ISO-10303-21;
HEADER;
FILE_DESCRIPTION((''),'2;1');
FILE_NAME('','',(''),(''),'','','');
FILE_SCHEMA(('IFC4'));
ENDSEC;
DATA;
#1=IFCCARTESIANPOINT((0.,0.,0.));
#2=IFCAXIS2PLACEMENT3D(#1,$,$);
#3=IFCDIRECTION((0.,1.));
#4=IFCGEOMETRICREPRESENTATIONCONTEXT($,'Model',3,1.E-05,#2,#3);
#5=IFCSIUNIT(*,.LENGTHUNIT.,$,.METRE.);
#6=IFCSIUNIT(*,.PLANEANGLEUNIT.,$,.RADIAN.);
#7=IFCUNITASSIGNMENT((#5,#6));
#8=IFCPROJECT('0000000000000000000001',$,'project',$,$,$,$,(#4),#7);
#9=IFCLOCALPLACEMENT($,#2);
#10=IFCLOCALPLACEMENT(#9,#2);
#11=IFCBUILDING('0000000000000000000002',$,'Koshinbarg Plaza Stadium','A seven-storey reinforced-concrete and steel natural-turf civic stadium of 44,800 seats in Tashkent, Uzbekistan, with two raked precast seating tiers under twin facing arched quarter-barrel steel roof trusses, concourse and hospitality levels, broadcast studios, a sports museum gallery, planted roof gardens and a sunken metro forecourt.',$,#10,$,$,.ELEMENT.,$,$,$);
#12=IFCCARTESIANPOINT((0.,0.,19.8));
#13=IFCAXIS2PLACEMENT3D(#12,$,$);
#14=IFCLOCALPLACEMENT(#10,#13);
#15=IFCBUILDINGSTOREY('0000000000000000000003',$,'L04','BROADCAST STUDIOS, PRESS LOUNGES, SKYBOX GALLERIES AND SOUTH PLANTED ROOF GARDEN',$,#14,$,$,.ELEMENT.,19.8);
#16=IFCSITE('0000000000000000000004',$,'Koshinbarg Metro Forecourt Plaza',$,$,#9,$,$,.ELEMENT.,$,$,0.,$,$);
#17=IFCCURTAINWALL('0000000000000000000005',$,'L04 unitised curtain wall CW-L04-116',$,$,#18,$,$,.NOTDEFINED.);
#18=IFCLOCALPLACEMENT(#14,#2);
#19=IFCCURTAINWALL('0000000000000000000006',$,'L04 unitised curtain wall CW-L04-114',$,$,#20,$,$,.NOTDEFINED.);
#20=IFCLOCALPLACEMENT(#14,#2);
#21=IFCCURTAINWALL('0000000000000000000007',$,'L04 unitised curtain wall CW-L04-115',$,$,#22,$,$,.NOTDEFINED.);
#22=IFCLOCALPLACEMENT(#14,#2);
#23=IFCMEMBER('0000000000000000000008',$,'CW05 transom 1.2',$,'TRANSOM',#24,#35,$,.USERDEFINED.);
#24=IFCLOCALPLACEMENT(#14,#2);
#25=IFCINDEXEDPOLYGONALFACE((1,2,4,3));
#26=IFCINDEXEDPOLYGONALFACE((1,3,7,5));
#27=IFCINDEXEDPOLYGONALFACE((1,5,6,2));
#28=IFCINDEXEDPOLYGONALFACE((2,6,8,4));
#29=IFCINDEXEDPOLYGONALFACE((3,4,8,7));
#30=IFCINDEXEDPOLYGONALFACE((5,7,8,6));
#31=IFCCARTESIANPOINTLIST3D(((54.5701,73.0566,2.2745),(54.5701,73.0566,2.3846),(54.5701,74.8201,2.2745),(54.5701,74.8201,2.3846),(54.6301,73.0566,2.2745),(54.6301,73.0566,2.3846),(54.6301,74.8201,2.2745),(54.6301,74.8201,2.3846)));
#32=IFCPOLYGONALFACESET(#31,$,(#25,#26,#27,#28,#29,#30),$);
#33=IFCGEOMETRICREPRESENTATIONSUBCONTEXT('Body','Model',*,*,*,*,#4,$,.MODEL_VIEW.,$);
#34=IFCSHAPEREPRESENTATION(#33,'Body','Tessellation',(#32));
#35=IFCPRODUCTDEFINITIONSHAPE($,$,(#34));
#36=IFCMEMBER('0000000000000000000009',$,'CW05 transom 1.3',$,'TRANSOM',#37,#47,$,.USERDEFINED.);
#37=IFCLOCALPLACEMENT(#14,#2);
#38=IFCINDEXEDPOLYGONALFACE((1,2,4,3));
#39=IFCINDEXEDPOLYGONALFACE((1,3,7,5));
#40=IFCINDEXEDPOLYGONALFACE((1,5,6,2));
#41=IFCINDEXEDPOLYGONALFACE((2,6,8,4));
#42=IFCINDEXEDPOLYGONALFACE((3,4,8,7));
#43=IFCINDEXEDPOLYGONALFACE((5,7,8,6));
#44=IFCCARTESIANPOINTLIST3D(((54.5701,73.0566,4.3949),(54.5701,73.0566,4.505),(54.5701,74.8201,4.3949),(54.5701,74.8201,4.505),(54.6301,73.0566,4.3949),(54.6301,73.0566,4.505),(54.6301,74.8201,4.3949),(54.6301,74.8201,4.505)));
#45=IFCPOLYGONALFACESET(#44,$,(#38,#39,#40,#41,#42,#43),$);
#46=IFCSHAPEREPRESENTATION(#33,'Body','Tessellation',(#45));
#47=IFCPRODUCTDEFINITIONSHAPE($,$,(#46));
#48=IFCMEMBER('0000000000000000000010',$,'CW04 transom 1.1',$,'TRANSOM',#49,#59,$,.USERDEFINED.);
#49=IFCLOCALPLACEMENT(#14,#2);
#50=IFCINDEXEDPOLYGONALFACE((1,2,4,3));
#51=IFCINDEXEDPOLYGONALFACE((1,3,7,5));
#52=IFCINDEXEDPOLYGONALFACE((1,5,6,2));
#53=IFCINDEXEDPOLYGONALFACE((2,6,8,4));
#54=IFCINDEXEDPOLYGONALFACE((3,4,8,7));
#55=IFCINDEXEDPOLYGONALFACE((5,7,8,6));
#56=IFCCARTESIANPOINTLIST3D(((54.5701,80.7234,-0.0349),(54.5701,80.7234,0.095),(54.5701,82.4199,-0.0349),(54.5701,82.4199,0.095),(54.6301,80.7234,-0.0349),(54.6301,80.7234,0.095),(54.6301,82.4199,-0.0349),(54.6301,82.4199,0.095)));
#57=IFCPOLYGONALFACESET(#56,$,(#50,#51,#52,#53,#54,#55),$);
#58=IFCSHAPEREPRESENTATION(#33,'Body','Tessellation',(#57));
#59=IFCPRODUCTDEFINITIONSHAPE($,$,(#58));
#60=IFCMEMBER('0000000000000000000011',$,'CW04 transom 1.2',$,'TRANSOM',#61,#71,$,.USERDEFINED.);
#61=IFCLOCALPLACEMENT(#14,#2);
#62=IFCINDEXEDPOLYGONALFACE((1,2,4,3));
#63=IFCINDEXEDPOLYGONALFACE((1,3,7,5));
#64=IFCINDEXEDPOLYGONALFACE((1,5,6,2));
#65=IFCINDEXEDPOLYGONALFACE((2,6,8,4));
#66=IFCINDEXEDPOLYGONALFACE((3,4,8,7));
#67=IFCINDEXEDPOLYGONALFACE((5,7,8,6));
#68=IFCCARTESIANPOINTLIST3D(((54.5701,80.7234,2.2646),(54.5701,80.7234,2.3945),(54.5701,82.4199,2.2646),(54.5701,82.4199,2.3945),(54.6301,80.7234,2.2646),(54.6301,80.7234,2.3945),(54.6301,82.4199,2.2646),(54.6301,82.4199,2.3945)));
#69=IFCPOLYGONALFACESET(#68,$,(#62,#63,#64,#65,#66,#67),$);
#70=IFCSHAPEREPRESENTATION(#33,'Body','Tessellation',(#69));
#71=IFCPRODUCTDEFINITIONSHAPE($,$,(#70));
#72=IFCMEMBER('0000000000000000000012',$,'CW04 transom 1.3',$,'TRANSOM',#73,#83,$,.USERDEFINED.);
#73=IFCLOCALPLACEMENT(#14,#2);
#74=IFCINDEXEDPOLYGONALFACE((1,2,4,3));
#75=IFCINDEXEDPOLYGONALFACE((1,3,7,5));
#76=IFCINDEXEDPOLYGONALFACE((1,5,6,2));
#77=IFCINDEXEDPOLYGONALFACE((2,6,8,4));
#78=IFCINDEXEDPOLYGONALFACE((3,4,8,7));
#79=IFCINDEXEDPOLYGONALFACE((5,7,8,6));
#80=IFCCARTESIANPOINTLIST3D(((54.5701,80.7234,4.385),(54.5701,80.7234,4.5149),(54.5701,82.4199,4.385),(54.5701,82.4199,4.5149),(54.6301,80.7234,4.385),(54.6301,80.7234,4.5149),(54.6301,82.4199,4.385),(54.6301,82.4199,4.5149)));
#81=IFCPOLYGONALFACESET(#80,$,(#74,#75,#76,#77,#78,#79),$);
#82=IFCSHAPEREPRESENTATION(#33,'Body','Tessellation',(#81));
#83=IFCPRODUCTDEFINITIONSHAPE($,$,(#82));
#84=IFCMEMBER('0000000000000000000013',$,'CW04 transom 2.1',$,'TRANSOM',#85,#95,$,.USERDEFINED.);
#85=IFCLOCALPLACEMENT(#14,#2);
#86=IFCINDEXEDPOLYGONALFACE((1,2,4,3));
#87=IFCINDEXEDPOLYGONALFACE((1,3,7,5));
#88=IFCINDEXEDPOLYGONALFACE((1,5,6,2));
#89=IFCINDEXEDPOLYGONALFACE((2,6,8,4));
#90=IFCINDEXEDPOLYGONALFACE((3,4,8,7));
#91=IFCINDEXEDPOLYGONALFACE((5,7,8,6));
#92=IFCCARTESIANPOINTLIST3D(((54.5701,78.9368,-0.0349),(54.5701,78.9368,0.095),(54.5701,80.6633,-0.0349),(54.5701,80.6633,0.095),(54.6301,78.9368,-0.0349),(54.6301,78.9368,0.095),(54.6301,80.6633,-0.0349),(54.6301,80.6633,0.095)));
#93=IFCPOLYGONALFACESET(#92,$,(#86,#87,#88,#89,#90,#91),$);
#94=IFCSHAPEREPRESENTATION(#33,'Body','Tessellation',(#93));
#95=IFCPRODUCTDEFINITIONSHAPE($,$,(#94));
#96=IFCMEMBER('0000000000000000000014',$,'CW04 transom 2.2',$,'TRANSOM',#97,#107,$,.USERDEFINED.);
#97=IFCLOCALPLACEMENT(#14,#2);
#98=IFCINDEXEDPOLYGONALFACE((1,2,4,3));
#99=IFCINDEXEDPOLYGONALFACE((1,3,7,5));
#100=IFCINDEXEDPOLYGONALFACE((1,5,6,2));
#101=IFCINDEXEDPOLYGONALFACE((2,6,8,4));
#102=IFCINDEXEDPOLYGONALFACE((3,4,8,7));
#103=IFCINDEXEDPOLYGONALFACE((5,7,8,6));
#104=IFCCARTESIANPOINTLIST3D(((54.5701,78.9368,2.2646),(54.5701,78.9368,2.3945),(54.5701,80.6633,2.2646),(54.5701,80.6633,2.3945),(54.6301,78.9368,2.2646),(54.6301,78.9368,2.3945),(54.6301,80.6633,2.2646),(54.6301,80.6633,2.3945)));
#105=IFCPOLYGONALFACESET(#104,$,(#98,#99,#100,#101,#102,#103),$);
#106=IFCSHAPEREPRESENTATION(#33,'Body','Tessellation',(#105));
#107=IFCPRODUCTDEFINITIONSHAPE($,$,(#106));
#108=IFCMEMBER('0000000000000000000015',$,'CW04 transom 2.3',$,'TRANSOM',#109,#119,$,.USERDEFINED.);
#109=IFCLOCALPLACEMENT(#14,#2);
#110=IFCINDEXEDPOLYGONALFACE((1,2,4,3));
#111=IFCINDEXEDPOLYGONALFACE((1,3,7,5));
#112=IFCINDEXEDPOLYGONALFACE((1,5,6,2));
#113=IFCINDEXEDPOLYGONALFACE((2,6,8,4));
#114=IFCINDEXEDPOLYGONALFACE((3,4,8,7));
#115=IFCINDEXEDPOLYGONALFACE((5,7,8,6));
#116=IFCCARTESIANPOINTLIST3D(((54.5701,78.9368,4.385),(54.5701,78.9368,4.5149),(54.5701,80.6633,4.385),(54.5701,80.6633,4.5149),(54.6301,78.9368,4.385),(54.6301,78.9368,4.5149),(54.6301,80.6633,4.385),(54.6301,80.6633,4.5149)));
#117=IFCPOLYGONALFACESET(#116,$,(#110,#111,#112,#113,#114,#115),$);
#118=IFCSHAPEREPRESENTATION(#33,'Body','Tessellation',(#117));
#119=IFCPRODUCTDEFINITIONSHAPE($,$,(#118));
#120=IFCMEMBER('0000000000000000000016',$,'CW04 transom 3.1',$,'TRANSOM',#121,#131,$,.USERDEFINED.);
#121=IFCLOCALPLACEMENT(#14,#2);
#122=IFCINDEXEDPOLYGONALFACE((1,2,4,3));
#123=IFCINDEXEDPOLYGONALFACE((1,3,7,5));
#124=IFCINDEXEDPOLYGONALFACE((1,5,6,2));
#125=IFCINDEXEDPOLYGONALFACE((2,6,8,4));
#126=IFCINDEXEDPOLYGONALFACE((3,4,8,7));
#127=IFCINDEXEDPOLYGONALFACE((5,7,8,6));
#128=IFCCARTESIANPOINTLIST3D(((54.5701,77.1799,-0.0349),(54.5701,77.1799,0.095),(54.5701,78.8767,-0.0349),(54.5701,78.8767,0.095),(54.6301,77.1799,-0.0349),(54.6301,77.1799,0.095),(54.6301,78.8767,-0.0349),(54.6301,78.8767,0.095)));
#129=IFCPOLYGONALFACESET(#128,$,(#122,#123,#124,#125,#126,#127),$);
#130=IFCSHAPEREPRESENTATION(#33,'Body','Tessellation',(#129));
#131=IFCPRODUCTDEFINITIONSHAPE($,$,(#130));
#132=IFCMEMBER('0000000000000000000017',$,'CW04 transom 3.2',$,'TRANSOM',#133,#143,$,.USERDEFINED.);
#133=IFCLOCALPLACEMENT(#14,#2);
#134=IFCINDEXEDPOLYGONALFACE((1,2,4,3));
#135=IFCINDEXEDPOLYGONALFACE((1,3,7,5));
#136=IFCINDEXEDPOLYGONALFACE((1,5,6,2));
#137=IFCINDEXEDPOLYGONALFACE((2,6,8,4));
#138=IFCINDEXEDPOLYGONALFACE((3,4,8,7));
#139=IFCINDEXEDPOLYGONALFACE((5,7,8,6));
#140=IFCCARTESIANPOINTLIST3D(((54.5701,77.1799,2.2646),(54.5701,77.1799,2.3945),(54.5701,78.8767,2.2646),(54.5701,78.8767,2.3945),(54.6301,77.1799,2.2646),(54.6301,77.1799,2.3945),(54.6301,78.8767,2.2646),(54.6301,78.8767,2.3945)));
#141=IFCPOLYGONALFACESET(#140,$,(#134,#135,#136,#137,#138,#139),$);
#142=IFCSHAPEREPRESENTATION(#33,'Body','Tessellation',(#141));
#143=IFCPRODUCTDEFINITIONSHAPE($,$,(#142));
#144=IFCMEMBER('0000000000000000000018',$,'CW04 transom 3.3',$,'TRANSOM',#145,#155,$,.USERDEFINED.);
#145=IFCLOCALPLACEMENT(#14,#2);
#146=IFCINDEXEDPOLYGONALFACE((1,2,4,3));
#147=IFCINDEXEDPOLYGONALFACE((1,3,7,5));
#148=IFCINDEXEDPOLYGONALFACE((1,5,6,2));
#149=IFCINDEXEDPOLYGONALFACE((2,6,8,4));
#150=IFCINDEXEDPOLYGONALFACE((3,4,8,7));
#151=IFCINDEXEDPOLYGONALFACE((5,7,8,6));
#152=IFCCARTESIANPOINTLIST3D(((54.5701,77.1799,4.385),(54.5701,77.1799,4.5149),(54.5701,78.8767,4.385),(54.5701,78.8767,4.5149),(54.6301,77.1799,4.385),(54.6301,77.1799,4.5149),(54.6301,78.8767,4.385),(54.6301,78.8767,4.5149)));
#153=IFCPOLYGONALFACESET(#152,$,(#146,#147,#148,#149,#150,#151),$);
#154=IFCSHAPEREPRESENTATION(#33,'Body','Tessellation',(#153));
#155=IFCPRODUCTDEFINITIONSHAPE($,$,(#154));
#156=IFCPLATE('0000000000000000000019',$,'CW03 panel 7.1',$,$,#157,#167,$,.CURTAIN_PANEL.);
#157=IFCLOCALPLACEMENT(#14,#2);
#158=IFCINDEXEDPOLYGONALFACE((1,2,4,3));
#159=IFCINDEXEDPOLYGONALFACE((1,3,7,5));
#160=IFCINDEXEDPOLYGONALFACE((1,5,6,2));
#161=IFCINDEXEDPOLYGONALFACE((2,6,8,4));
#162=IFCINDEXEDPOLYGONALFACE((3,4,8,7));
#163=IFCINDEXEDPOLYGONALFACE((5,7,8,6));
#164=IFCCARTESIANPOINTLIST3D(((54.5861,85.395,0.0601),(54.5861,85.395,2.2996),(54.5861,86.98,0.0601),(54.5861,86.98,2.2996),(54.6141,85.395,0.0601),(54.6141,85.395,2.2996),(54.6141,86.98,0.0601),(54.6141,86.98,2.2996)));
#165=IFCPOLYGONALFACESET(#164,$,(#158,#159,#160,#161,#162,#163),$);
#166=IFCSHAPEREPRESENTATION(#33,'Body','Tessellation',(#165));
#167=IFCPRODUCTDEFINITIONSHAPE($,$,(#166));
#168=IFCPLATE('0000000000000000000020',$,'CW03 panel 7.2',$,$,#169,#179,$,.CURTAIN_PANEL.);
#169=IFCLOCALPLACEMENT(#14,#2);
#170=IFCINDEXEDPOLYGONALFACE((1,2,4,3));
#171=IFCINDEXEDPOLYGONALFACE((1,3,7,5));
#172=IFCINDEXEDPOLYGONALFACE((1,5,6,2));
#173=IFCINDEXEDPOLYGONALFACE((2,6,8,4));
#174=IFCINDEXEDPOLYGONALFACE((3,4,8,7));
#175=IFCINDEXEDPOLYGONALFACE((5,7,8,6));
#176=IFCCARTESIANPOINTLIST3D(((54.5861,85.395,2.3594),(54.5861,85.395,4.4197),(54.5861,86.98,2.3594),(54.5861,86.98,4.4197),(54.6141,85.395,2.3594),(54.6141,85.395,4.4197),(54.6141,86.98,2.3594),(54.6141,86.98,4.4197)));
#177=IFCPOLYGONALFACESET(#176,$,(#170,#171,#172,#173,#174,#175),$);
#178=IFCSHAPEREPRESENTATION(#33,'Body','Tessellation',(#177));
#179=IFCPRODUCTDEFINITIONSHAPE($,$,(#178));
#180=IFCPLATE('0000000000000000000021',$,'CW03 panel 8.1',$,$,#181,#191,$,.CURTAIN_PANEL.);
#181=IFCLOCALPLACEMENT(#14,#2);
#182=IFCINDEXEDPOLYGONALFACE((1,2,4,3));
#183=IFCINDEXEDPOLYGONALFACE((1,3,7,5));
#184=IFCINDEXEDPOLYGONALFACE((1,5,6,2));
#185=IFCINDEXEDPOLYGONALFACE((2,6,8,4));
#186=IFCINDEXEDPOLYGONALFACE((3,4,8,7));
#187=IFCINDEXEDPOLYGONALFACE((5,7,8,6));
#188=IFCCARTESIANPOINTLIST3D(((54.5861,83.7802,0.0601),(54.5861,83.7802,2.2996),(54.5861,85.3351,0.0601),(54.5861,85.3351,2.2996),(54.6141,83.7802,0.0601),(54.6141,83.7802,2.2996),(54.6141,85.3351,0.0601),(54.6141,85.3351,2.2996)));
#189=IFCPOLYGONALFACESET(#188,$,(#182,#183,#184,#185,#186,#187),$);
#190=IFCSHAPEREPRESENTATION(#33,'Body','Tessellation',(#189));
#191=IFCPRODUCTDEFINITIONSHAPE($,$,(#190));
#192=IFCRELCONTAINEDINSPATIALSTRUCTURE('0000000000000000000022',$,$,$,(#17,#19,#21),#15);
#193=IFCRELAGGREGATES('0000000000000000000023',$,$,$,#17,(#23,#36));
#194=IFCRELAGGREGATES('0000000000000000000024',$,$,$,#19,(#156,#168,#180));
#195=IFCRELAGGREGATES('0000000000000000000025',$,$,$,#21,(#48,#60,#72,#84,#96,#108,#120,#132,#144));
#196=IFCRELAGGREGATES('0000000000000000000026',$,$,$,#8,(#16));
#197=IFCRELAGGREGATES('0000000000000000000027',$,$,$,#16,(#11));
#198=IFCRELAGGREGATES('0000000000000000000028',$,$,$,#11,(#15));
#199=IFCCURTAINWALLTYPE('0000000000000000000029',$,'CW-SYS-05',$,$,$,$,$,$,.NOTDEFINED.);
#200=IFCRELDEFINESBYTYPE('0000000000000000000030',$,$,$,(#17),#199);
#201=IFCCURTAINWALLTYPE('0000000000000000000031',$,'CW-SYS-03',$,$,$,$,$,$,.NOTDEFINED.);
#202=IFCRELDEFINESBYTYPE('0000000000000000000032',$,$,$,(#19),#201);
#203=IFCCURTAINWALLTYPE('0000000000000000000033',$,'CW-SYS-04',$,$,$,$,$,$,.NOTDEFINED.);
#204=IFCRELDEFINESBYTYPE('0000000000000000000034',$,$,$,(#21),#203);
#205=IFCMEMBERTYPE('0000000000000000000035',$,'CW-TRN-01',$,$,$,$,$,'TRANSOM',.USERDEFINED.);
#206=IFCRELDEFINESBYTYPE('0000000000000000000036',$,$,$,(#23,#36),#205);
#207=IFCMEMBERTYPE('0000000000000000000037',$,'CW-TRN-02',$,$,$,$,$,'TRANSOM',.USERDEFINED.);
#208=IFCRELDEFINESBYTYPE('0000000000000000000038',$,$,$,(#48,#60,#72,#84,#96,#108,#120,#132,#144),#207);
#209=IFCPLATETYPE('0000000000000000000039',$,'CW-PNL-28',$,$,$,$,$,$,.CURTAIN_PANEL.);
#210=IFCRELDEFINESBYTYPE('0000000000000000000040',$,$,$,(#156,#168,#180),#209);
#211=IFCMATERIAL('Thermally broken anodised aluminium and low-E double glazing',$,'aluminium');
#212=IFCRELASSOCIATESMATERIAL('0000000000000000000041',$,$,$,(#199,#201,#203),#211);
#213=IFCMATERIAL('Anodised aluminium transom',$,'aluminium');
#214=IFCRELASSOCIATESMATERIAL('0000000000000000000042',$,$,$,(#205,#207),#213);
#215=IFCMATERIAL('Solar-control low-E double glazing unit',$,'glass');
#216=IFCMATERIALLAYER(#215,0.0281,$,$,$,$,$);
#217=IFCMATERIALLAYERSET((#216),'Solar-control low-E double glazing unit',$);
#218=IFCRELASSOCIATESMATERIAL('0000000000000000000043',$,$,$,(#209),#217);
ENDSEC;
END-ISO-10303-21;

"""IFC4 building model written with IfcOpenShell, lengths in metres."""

from ifc_helpers import new_model, si_unit, direction, frame, origin, origin_2d, place, context, subcontext, project, spatial, rectangle, extrude, material, layer, layer_set, material_profile, profile_set, type_object, element, aggregate, save


model = new_model("IFC4")

# Units and contexts
model_context = context("Model", 3, precision=1e-05, world=origin(), true_north=direction((0.0, 1.0)))
body_context = subcontext(model_context, "Body", "Model", "MODEL_VIEW")
ifc_project = project(units=[si_unit("LENGTHUNIT", "METRE"), si_unit("PLANEANGLEUNIT", "RADIAN")], contexts=[model_context])

# Site, building, storey
site_placement = place(None, origin())
site = spatial("IfcSite", under=ifc_project, at=site_placement, Name="Koshinbarg Metro Forecourt Plaza", CompositionType="ELEMENT", RefElevation=0.0)
building_placement = place(site_placement, origin())
building = spatial("IfcBuilding", under=site, at=building_placement, Name="Koshinbarg Plaza Stadium", Description="A seven-storey reinforced-concrete and steel natural-turf civic stadium of 44,800 seats in Tashkent, Uzbekistan, with two raked precast seating tiers under twin facing arched quarter-barrel steel roof trusses, concourse and hospitality levels, broadcast studios, a sports museum gallery, planted roof gardens and a sunken metro forecourt.", CompositionType="ELEMENT")
storey_placement = place(building_placement, frame((0.0, 0.0, 19.8)))
storey = spatial("IfcBuildingStorey", under=building, at=storey_placement, Name="L04", Description="BROADCAST STUDIOS, PRESS LOUNGES, SKYBOX GALLERIES AND SOUTH PLANTED ROOF GARDEN", CompositionType="ELEMENT", Elevation=19.8)

# Curtain wall
ifc_material_1 = material(Name="Thermally broken anodised aluminium and low-E double glazing", Category="aluminium")
curtain_wall_type_1 = type_object("IfcCurtainWallType", Name="CW-SYS-05", PredefinedType="NOTDEFINED", material=ifc_material_1)
curtain_wall_1_placement = place(storey_placement, origin())
curtain_wall_1 = element("IfcCurtainWall", 1, at=curtain_wall_1_placement, inside=storey, type_object=curtain_wall_type_1, Name="L04 unitised curtain wall CW-L04-116", PredefinedType="NOTDEFINED")

# Curtain walls
curtain_wall_type_2 = type_object("IfcCurtainWallType", Name="CW-SYS-03", PredefinedType="NOTDEFINED", material=ifc_material_1)
curtain_wall_2_placement = place(storey_placement, origin())
curtain_wall_2 = element("IfcCurtainWall", 2, at=curtain_wall_2_placement, inside=storey, type_object=curtain_wall_type_2, Name="L04 unitised curtain wall CW-L04-114", PredefinedType="NOTDEFINED")
curtain_wall_type_3 = type_object("IfcCurtainWallType", Name="CW-SYS-04", PredefinedType="NOTDEFINED", material=ifc_material_1)
curtain_wall_3_placement = place(storey_placement, origin())
curtain_wall_3 = element("IfcCurtainWall", 3, at=curtain_wall_3_placement, inside=storey, type_object=curtain_wall_type_3, Name="L04 unitised curtain wall CW-L04-115", PredefinedType="NOTDEFINED")

# Members
ifc_material_2 = material(Name="Anodised aluminium transom", Category="aluminium")
ifc_material_profile_1 = material_profile(ifc_material_2, rectangle(XDim=0.0601, YDim=0.1101, at=origin_2d()), Name="ALU 60x110")
ifc_profile_set_1 = profile_set([ifc_material_profile_1], Name="Anodised aluminium transom")
member_type_1 = type_object("IfcMemberType", Name="CW-TRN-01", ElementType="TRANSOM", PredefinedType="USERDEFINED", material=ifc_profile_set_1)
member_1_placement = place(storey_placement, frame((54.6001, 74.8201, 2.3296), z_axis=(0.0, -1.0, 0.0), x_axis=(1.0, 0.0, 0.0)))
member_1 = element("IfcMember", 4, at=member_1_placement, type_object=member_type_1, Name="CW05 transom 1.2", ObjectType="TRANSOM", PredefinedType="USERDEFINED", context=body_context, shape_type="SweptSolid", body=[
    extrude(rectangle(XDim=0.0601, YDim=0.1101, at=origin_2d()), origin(), (0.0, 0.0, 1.0), 1.7634),
])
member_2_placement = place(storey_placement, frame((54.6001, 74.8201, 4.45), z_axis=(0.0, -1.0, 0.0), x_axis=(1.0, 0.0, 0.0)))
member_2 = element("IfcMember", 5, at=member_2_placement, type_object=member_type_1, Name="CW05 transom 1.3", ObjectType="TRANSOM", PredefinedType="USERDEFINED", context=body_context, shape_type="SweptSolid", body=[
    extrude(rectangle(XDim=0.0601, YDim=0.1101, at=origin_2d()), origin(), (0.0, 0.0, 1.0), 1.7634),
])
aggregate(curtain_wall_1, [member_1, member_2])
ifc_material_profile_2 = material_profile(ifc_material_2, rectangle(XDim=0.0601, YDim=0.1299, at=origin_2d()), Name="ALU 60x130")
ifc_profile_set_2 = profile_set([ifc_material_profile_2], Name="Anodised aluminium transom")
member_type_2 = type_object("IfcMemberType", Name="CW-TRN-02", ElementType="TRANSOM", PredefinedType="USERDEFINED", material=ifc_profile_set_2)
member_3_placement = place(storey_placement, frame((54.6001, 82.4199, 0.03), z_axis=(0.0, -1.0, 0.0), x_axis=(1.0, 0.0, 0.0)))
member_3 = element("IfcMember", 6, at=member_3_placement, type_object=member_type_2, Name="CW04 transom 1.1", ObjectType="TRANSOM", PredefinedType="USERDEFINED", context=body_context, shape_type="SweptSolid", body=[
    extrude(rectangle(XDim=0.0601, YDim=0.1299, at=origin_2d()), origin(), (0.0, 0.0, 1.0), 1.6965),
])
member_4_placement = place(storey_placement, frame((54.6001, 82.4199, 2.3296), z_axis=(0.0, -1.0, 0.0), x_axis=(1.0, 0.0, 0.0)))
member_4 = element("IfcMember", 7, at=member_4_placement, type_object=member_type_2, Name="CW04 transom 1.2", ObjectType="TRANSOM", PredefinedType="USERDEFINED", context=body_context, shape_type="SweptSolid", body=[
    extrude(rectangle(XDim=0.0601, YDim=0.1299, at=origin_2d()), origin(), (0.0, 0.0, 1.0), 1.6965),
])
member_5_placement = place(storey_placement, frame((54.6001, 82.4199, 4.45), z_axis=(0.0, -1.0, 0.0), x_axis=(1.0, 0.0, 0.0)))
member_5 = element("IfcMember", 8, at=member_5_placement, type_object=member_type_2, Name="CW04 transom 1.3", ObjectType="TRANSOM", PredefinedType="USERDEFINED", context=body_context, shape_type="SweptSolid", body=[
    extrude(rectangle(XDim=0.0601, YDim=0.1299, at=origin_2d()), origin(), (0.0, 0.0, 1.0), 1.6965),
])
member_6_placement = place(storey_placement, frame((54.6001, 80.6633, 0.03), z_axis=(0.0, -1.0, 0.0), x_axis=(1.0, 0.0, 0.0)))
member_6 = element("IfcMember", 9, at=member_6_placement, type_object=member_type_2, Name="CW04 transom 2.1", ObjectType="TRANSOM", PredefinedType="USERDEFINED", context=body_context, shape_type="SweptSolid", body=[
    extrude(rectangle(XDim=0.0601, YDim=0.1299, at=origin_2d()), origin(), (0.0, 0.0, 1.0), 1.7266),
])
member_7_placement = place(storey_placement, frame((54.6001, 80.6633, 2.3296), z_axis=(0.0, -1.0, 0.0), x_axis=(1.0, 0.0, 0.0)))
member_7 = element("IfcMember", 10, at=member_7_placement, type_object=member_type_2, Name="CW04 transom 2.2", ObjectType="TRANSOM", PredefinedType="USERDEFINED", context=body_context, shape_type="SweptSolid", body=[
    extrude(rectangle(XDim=0.0601, YDim=0.1299, at=origin_2d()), origin(), (0.0, 0.0, 1.0), 1.7266),
])
member_8_placement = place(storey_placement, frame((54.6001, 80.6633, 4.45), z_axis=(0.0, -1.0, 0.0), x_axis=(1.0, 0.0, 0.0)))
member_8 = element("IfcMember", 11, at=member_8_placement, type_object=member_type_2, Name="CW04 transom 2.3", ObjectType="TRANSOM", PredefinedType="USERDEFINED", context=body_context, shape_type="SweptSolid", body=[
    extrude(rectangle(XDim=0.0601, YDim=0.1299, at=origin_2d()), origin(), (0.0, 0.0, 1.0), 1.7266),
])
member_9_placement = place(storey_placement, frame((54.6001, 78.8767, 0.03), z_axis=(0.0, -1.0, 0.0), x_axis=(1.0, 0.0, 0.0)))
member_9 = element("IfcMember", 12, at=member_9_placement, type_object=member_type_2, Name="CW04 transom 3.1", ObjectType="TRANSOM", PredefinedType="USERDEFINED", context=body_context, shape_type="SweptSolid", body=[
    extrude(rectangle(XDim=0.0601, YDim=0.1299, at=origin_2d()), origin(), (0.0, 0.0, 1.0), 1.6968),
])
member_10_placement = place(storey_placement, frame((54.6001, 78.8767, 2.3296), z_axis=(0.0, -1.0, 0.0), x_axis=(1.0, 0.0, 0.0)))
member_10 = element("IfcMember", 13, at=member_10_placement, type_object=member_type_2, Name="CW04 transom 3.2", ObjectType="TRANSOM", PredefinedType="USERDEFINED", context=body_context, shape_type="SweptSolid", body=[
    extrude(rectangle(XDim=0.0601, YDim=0.1299, at=origin_2d()), origin(), (0.0, 0.0, 1.0), 1.6968),
])
member_11_placement = place(storey_placement, frame((54.6001, 78.8767, 4.45), z_axis=(0.0, -1.0, 0.0), x_axis=(1.0, 0.0, 0.0)))
member_11 = element("IfcMember", 14, at=member_11_placement, type_object=member_type_2, Name="CW04 transom 3.3", ObjectType="TRANSOM", PredefinedType="USERDEFINED", context=body_context, shape_type="SweptSolid", body=[
    extrude(rectangle(XDim=0.0601, YDim=0.1299, at=origin_2d()), origin(), (0.0, 0.0, 1.0), 1.6968),
])

# Plates
ifc_material_3 = material(Name="Solar-control low-E double glazing unit", Category="glass")
ifc_layer_1 = layer(ifc_material_3, 0.0281)
ifc_layer_set_1 = layer_set([ifc_layer_1], Name="Solar-control low-E double glazing unit")
plate_type_1 = type_object("IfcPlateType", Name="CW-PNL-28", PredefinedType="CURTAIN_PANEL", material=ifc_layer_set_1)
plate_1_placement = place(storey_placement, frame((54.6001, 86.1875, 0.0601), z_axis=(0.0, 0.0, 1.0), x_axis=(0.0, -1.0, 0.0)))
plate_1 = element("IfcPlate", 15, at=plate_1_placement, type_object=plate_type_1, Name="CW03 panel 7.1", PredefinedType="CURTAIN_PANEL", context=body_context, shape_type="SweptSolid", body=[
    extrude(rectangle(XDim=1.585, YDim=0.0281, at=origin_2d()), origin(), (0.0, 0.0, 1.0), 2.2395),
])
plate_2_placement = place(storey_placement, frame((54.6001, 86.1875, 2.3594), z_axis=(0.0, 0.0, 1.0), x_axis=(0.0, -1.0, 0.0)))
plate_2 = element("IfcPlate", 16, at=plate_2_placement, type_object=plate_type_1, Name="CW03 panel 7.2", PredefinedType="CURTAIN_PANEL", context=body_context, shape_type="SweptSolid", body=[
    extrude(rectangle(XDim=1.585, YDim=0.0281, at=origin_2d()), origin(), (0.0, 0.0, 1.0), 2.0603),
])
plate_3_placement = place(storey_placement, frame((54.6001, 84.5576, 0.0601), z_axis=(0.0, 0.0, 1.0), x_axis=(0.0, -1.0, 0.0)))
plate_3 = element("IfcPlate", 17, at=plate_3_placement, type_object=plate_type_1, Name="CW03 panel 8.1", PredefinedType="CURTAIN_PANEL", context=body_context, shape_type="SweptSolid", body=[
    extrude(rectangle(XDim=1.5549, YDim=0.0281, at=origin_2d()), origin(), (0.0, 0.0, 1.0), 2.2395),
])
aggregate(curtain_wall_2, [plate_1, plate_2, plate_3])
aggregate(curtain_wall_3, [member_3, member_4, member_5, member_6, member_7, member_8, member_9, member_10, member_11])

save(model, "model.ifc")
